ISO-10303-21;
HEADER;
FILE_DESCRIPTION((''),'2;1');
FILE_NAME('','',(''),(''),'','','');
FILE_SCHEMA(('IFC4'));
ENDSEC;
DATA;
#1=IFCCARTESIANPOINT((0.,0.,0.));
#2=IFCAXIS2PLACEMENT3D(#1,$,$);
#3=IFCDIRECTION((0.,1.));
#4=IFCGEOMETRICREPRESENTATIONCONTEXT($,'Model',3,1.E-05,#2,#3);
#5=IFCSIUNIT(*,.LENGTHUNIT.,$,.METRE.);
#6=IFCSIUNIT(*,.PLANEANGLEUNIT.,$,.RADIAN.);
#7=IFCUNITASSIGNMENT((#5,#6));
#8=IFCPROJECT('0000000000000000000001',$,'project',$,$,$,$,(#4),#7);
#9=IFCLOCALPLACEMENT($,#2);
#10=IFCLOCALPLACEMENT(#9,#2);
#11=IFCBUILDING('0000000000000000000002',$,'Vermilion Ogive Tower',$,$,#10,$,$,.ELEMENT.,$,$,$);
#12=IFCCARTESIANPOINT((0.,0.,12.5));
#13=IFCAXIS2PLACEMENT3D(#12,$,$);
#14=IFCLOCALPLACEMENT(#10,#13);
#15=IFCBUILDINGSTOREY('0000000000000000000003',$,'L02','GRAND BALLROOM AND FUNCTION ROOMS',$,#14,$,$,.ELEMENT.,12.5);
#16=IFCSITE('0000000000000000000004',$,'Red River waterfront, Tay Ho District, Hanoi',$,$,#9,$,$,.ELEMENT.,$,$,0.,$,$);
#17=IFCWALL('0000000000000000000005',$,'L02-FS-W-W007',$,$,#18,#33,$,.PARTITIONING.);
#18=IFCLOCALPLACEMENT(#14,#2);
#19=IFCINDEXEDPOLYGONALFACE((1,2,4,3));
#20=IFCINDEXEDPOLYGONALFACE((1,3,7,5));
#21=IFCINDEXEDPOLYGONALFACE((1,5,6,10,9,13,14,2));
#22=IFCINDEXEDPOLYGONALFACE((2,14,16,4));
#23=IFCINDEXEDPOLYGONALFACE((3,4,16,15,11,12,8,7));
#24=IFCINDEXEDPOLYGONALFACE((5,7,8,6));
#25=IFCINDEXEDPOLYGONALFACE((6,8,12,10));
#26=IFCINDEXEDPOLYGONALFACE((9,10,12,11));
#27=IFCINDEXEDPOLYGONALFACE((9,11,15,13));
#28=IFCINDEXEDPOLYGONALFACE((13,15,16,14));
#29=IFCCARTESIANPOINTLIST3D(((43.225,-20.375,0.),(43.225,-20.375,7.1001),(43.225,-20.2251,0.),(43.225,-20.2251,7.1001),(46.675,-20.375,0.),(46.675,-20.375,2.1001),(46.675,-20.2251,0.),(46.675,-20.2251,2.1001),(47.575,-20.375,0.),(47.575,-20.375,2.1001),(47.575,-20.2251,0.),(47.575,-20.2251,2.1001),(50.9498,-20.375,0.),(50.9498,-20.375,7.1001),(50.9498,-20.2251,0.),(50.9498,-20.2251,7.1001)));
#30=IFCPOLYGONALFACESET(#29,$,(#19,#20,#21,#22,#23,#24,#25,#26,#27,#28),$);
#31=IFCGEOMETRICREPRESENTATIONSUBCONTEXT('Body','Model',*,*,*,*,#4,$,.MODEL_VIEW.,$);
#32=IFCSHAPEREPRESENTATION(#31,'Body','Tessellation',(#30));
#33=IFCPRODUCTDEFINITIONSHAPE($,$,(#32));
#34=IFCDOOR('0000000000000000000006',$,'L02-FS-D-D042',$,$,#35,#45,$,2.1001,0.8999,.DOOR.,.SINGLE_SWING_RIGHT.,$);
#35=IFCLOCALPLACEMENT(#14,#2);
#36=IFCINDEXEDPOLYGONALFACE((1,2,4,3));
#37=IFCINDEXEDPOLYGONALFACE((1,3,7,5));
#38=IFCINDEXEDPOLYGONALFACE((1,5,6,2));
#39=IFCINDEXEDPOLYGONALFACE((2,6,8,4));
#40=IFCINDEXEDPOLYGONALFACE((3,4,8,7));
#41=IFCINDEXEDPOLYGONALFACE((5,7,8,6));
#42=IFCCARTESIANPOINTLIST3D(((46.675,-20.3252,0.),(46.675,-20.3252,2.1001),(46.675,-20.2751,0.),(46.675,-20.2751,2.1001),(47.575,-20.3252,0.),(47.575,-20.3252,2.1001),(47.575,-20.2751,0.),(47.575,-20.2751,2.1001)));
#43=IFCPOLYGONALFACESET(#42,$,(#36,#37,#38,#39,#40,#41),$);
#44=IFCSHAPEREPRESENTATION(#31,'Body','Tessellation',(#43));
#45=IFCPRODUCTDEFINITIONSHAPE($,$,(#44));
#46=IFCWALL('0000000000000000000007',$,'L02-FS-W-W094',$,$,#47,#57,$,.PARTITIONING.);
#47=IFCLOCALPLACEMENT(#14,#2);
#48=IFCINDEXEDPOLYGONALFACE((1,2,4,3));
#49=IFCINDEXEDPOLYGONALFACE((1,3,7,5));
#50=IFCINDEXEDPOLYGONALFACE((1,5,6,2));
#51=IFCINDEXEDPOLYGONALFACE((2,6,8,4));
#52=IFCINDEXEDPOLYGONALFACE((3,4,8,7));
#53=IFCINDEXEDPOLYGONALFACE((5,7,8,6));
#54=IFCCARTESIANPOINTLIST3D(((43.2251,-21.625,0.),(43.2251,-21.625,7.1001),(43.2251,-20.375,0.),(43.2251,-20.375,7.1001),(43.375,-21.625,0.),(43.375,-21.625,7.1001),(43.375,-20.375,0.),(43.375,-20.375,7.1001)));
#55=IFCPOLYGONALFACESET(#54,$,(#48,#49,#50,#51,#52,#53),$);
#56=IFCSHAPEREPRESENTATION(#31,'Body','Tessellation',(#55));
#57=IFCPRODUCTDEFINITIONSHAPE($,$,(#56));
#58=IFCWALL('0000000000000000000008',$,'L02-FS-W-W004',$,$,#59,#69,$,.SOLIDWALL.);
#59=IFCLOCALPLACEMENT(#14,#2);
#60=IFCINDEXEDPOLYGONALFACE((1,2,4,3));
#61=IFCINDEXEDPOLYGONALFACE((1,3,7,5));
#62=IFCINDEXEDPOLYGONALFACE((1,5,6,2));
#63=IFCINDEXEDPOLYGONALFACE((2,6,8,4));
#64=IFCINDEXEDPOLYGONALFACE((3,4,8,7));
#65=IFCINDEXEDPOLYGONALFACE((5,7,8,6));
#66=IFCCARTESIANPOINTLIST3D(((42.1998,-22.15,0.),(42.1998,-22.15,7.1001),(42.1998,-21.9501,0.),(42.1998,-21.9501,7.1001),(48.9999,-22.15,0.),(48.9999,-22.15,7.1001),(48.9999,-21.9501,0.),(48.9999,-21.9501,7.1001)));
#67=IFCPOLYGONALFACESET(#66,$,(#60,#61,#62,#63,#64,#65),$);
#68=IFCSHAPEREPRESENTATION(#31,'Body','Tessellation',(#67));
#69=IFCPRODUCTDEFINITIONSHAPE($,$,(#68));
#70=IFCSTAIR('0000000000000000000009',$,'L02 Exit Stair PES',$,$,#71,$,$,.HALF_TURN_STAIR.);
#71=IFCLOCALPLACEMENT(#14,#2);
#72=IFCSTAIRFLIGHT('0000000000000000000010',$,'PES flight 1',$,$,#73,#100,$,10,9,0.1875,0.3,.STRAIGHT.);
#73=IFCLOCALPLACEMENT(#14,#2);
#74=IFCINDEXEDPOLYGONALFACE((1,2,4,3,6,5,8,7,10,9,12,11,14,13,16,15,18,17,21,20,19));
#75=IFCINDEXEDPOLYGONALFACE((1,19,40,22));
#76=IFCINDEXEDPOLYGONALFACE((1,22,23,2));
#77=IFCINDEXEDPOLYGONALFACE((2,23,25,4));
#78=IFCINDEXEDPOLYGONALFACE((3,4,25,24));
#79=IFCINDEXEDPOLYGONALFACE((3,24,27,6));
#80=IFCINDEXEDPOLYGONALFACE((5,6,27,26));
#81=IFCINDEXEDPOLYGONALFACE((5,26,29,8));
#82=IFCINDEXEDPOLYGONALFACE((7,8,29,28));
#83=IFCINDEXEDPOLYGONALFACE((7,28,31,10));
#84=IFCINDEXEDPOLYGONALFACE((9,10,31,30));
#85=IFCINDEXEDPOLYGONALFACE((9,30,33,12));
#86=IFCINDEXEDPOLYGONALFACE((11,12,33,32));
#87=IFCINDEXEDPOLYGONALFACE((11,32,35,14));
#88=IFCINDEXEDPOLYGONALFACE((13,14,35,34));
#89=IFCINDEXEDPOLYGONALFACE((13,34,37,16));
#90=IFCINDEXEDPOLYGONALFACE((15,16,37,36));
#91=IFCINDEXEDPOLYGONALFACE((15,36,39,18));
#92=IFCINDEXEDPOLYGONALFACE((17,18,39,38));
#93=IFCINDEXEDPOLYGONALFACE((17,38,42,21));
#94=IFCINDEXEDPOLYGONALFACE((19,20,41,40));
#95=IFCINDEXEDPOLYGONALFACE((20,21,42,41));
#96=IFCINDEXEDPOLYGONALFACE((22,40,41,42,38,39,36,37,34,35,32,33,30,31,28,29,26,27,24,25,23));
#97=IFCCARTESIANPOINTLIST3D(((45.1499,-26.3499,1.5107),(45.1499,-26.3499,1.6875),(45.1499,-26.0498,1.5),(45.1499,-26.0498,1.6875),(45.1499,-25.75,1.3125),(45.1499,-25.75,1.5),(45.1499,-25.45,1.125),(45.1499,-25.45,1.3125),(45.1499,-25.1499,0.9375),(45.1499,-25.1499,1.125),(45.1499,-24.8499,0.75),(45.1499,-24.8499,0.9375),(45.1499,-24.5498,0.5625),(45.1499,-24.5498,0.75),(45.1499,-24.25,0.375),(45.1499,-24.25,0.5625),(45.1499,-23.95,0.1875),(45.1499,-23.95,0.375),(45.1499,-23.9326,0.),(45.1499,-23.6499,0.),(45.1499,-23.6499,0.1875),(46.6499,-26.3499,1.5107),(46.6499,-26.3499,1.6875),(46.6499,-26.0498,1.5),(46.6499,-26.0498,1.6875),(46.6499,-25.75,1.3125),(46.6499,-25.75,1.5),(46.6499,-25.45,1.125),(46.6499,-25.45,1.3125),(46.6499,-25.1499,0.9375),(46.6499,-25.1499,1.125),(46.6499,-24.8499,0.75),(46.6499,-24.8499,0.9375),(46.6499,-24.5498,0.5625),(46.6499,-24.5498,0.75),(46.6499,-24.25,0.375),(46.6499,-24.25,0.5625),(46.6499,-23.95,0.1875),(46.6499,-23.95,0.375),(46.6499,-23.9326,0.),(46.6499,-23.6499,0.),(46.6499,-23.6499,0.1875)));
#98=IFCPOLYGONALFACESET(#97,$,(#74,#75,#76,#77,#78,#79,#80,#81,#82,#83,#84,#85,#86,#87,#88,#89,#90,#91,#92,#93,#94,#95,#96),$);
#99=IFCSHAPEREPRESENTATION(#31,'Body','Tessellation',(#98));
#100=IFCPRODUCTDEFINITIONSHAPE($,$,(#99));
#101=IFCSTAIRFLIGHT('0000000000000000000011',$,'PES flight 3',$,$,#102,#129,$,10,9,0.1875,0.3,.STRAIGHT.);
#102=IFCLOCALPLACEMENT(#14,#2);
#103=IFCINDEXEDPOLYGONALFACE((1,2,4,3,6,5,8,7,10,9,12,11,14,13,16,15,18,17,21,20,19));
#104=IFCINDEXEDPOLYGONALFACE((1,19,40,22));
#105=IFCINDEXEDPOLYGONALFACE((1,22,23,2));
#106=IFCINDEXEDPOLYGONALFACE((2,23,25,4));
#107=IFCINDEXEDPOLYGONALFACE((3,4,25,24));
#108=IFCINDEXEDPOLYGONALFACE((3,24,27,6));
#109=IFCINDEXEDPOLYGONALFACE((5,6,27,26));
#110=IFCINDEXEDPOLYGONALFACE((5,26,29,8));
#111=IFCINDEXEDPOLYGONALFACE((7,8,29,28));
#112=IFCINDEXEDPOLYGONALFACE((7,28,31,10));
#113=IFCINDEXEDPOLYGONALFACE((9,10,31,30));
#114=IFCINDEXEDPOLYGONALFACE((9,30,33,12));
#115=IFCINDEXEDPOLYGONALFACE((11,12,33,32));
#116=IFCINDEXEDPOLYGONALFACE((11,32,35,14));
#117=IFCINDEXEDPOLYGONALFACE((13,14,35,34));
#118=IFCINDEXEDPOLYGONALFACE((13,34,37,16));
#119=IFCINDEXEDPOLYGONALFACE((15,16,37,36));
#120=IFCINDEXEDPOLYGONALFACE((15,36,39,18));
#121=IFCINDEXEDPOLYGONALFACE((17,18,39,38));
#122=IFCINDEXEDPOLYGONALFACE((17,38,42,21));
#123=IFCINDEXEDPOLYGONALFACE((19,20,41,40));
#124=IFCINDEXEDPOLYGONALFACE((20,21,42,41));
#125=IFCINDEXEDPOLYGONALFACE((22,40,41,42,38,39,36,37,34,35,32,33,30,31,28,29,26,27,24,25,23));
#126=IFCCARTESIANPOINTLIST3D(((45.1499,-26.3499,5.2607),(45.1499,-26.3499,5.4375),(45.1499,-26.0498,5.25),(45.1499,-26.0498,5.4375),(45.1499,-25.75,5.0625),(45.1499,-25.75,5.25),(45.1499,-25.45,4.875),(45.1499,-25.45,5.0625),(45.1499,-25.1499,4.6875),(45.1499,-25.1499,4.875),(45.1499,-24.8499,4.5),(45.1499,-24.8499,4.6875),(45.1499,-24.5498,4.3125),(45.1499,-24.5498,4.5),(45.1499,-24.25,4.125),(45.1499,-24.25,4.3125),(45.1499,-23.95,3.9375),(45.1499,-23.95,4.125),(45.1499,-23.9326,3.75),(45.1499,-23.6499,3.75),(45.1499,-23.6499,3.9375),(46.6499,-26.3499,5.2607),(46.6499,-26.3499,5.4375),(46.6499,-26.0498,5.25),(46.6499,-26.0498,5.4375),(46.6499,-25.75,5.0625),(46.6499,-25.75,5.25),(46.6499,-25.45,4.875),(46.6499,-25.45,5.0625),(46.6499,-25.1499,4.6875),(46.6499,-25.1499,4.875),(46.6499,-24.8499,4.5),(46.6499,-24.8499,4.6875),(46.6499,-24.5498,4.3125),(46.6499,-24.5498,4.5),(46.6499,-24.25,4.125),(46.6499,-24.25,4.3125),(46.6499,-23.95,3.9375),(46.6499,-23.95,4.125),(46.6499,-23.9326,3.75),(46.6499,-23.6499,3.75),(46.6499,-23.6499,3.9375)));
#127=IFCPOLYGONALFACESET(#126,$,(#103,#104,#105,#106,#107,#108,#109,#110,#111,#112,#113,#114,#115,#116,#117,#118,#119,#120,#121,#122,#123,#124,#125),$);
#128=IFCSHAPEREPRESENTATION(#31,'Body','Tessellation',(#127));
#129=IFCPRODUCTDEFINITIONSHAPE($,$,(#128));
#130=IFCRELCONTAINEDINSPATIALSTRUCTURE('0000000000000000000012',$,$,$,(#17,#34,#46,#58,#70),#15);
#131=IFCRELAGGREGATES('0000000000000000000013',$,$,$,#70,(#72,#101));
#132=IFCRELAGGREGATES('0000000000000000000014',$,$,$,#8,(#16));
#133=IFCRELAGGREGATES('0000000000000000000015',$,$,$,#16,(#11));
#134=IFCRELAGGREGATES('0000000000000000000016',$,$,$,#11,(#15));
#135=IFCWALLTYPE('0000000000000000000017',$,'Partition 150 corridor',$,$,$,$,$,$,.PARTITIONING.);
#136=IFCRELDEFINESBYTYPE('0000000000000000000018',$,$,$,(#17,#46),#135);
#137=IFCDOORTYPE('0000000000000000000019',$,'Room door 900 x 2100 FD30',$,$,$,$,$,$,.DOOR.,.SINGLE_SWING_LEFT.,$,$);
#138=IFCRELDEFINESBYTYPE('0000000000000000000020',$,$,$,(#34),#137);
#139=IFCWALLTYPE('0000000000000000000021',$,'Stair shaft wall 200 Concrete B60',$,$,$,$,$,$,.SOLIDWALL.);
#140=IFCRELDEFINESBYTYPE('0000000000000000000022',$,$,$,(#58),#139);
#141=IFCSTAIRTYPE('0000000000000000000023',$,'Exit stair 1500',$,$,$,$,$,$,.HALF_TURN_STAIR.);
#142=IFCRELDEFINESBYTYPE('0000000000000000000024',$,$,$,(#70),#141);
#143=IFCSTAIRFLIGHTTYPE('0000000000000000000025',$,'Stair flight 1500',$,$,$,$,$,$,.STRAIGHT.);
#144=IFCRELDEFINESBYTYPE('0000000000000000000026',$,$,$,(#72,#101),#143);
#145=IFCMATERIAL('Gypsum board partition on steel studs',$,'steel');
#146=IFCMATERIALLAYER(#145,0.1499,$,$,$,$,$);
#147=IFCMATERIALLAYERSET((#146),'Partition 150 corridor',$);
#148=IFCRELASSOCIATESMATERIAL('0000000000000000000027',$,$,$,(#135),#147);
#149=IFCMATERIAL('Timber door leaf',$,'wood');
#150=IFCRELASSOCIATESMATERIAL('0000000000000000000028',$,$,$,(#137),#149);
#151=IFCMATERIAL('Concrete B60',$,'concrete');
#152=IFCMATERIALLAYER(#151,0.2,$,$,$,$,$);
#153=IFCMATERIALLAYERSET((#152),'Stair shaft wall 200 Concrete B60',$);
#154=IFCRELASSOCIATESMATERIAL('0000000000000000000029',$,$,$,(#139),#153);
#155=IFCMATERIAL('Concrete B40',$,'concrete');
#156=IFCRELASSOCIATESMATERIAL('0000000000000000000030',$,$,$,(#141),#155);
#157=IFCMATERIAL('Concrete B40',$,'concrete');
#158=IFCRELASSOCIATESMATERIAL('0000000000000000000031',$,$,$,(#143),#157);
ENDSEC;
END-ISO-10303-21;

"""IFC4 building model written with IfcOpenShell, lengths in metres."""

from ifc_helpers import new_model, si_unit, direction, frame, frame_2d, origin, place, context, subcontext, project, spatial, polyline, rectangle, outline, extrude, material, layer, layer_set, type_object, element, fill, aggregate, save


model = new_model("IFC4")

# Units and contexts
model_context = context("Model", 3, precision=1e-05, world=origin(), true_north=direction((0.0, 1.0)))
body_context = subcontext(model_context, "Body", "Model", "MODEL_VIEW")
ifc_project = project(units=[si_unit("LENGTHUNIT", "METRE"), si_unit("PLANEANGLEUNIT", "RADIAN")], contexts=[model_context])

# Site, building, storey
site_placement = place(None, origin())
site = spatial("IfcSite", under=ifc_project, at=site_placement, Name="Red River waterfront, Tay Ho District, Hanoi", CompositionType="ELEMENT", RefElevation=0.0)
building_placement = place(site_placement, origin())
building = spatial("IfcBuilding", under=site, at=building_placement, Name="Vermilion Ogive Tower", CompositionType="ELEMENT")
storey_placement = place(building_placement, frame((0.0, 0.0, 12.5)))
storey = spatial("IfcBuildingStorey", under=building, at=storey_placement, Name="L02", Description="GRAND BALLROOM AND FUNCTION ROOMS", CompositionType="ELEMENT", Elevation=12.5)

# Wall, opening, door
ifc_material_1 = material(Name="Gypsum board partition on steel studs", Category="steel")
ifc_layer_1 = layer(ifc_material_1, 0.1499)
ifc_layer_set_1 = layer_set([ifc_layer_1], Name="Partition 150 corridor")
wall_type_1 = type_object("IfcWallType", Name="Partition 150 corridor", PredefinedType="PARTITIONING", material=ifc_layer_set_1)
wall_1_placement = place(storey_placement, frame((43.2251, -20.3, 0.0), z_axis=(0.0, 0.0, 1.0), x_axis=(1.0, 0.0, 0.0)))
wall_1 = element("IfcWall", 1, at=wall_1_placement, inside=storey, type_object=wall_type_1, Name="L02-FS-W-W007", PredefinedType="PARTITIONING", context=body_context, shape_type="SweptSolid", body=[
    extrude(rectangle(XDim=7.7249, YDim=0.1499, at=frame_2d((3.8623, 0.0))), origin(), (0.0, 0.0, 1.0), 7.1001),
])
opening_placement = place(wall_1_placement, frame((3.45, 0.0, 0.0)))
opening = element("IfcOpeningElement", 2, at=opening_placement, cuts=wall_1, PredefinedType="OPENING", context=body_context, shape_type="SweptSolid", body=[
    extrude(rectangle(XDim=0.8999, YDim=2.1001, at=frame_2d((0.45, 1.05))), frame((0.0, 0.085, 0.0), z_axis=(0.0, -1.0, 0.0), x_axis=(1.0, 0.0, 0.0)), (0.0, 0.0, 1.0), 0.1699),
])
ifc_material_2 = material(Name="Timber door leaf", Category="wood")
door_type = type_object("IfcDoorType", Name="Room door 900 x 2100 FD30", OperationType="SINGLE_SWING_LEFT", PredefinedType="DOOR", material=ifc_material_2)
door_placement = place(opening_placement, origin())
door = element("IfcDoor", 3, at=door_placement, inside=storey, type_object=door_type, Name="L02-FS-D-D042", OperationType="SINGLE_SWING_RIGHT", OverallHeight=2.1001, OverallWidth=0.8999, PredefinedType="DOOR", context=body_context, shape_type="SweptSolid", body=[
    extrude(rectangle(XDim=0.8999, YDim=2.1001, at=frame_2d((0.45, 1.05))), frame((0.0, 0.0249, 0.0), z_axis=(0.0, -1.0, 0.0), x_axis=(1.0, 0.0, 0.0)), (0.0, 0.0, 1.0), 0.05),
])
fill(opening, door)

# Walls
wall_2_placement = place(storey_placement, frame((43.3, -21.625, 0.0), z_axis=(0.0, 0.0, 1.0), x_axis=(0.0, 1.0, 0.0)))
element("IfcWall", 4, at=wall_2_placement, inside=storey, type_object=wall_type_1, Name="L02-FS-W-W094", PredefinedType="PARTITIONING", context=body_context, shape_type="SweptSolid", body=[
    extrude(rectangle(XDim=1.25, YDim=0.1499, at=frame_2d((0.625, 0.0))), origin(), (0.0, 0.0, 1.0), 7.1001),
])
ifc_material_3 = material(Name="Concrete B60", Category="concrete")
ifc_layer_2 = layer(ifc_material_3, 0.2)
ifc_layer_set_2 = layer_set([ifc_layer_2], Name="Stair shaft wall 200 Concrete B60")
wall_type_2 = type_object("IfcWallType", Name="Stair shaft wall 200 Concrete B60", PredefinedType="SOLIDWALL", material=ifc_layer_set_2)
wall_3_placement = place(storey_placement, frame((42.2, -22.05, 0.0), z_axis=(0.0, 0.0, 1.0), x_axis=(1.0, 0.0, 0.0)))
element("IfcWall", 5, at=wall_3_placement, inside=storey, type_object=wall_type_2, Name="L02-FS-W-W004", PredefinedType="SOLIDWALL", context=body_context, shape_type="SweptSolid", body=[
    extrude(rectangle(XDim=6.8, YDim=0.2, at=frame_2d((3.3999, 0.0))), origin(), (0.0, 0.0, 1.0), 7.1001),
])

# Stair, stair flights
ifc_material_4 = material(Name="Concrete B40", Category="concrete")
stair_type = type_object("IfcStairType", Name="Exit stair 1500", PredefinedType="HALF_TURN_STAIR", material=ifc_material_4)
stair_placement = place(storey_placement, origin())
stair = element("IfcStair", 6, at=stair_placement, inside=storey, type_object=stair_type, Name="L02 Exit Stair PES", PredefinedType="HALF_TURN_STAIR")
ifc_material_5 = material(Name="Concrete B40", Category="concrete")
stair_flight_type = type_object("IfcStairFlightType", Name="Stair flight 1500", PredefinedType="STRAIGHT", material=ifc_material_5)
stair_flight_1_placement = place(storey_placement, frame((45.8999, -23.6499, 0.0), z_axis=(0.0, 0.0, 1.0), x_axis=(0.0, -1.0, 0.0)))
stair_flight_1 = element("IfcStairFlight", 7, at=stair_flight_1_placement, type_object=stair_flight_type, Name="PES flight 1", NumberOfRisers=10, NumberOfTreads=9, PredefinedType="STRAIGHT", RiserHeight=0.1875, TreadLength=0.3, context=body_context, shape_type="SweptSolid", body=[
    extrude(outline(polyline([(0.0, 0.0), (0.0, 0.1875), (0.3, 0.1875), (0.3, 0.375), (0.6001, 0.375), (0.6001, 0.5625), (0.8999, 0.5625), (0.8999, 0.75), (1.2, 0.75), (1.2, 0.9375), (1.5, 0.9375), (1.5, 1.125), (1.8, 1.125), (1.8, 1.3125), (2.1001, 1.3125), (2.1001, 1.5), (2.3999, 1.5), (2.3999, 1.6875), (2.7, 1.6875), (2.7, 1.875), (2.7, 1.5107), (0.2827, 0.0), (0.0, 0.0)])), frame((0.0, 0.75, 0.0), z_axis=(0.0, -1.0, 0.0), x_axis=(1.0, 0.0, 0.0)), (0.0, 0.0, 1.0), 1.5),
])
stair_flight_2_placement = place(storey_placement, frame((45.8999, -23.6499, 3.75), z_axis=(0.0, 0.0, 1.0), x_axis=(0.0, -1.0, 0.0)))
stair_flight_2 = element("IfcStairFlight", 8, at=stair_flight_2_placement, type_object=stair_flight_type, Name="PES flight 3", NumberOfRisers=10, NumberOfTreads=9, PredefinedType="STRAIGHT", RiserHeight=0.1875, TreadLength=0.3, context=body_context, shape_type="SweptSolid", body=[
    extrude(outline(polyline([(0.0, 0.0), (0.0, 0.1875), (0.3, 0.1875), (0.3, 0.375), (0.6001, 0.375), (0.6001, 0.5625), (0.8999, 0.5625), (0.8999, 0.75), (1.2, 0.75), (1.2, 0.9375), (1.5, 0.9375), (1.5, 1.125), (1.8, 1.125), (1.8, 1.3125), (2.1001, 1.3125), (2.1001, 1.5), (2.3999, 1.5), (2.3999, 1.6875), (2.7, 1.6875), (2.7, 1.875), (2.7, 1.5107), (0.2827, 0.0), (0.0, 0.0)])), frame((0.0, 0.75, 0.0), z_axis=(0.0, -1.0, 0.0), x_axis=(1.0, 0.0, 0.0)), (0.0, 0.0, 1.0), 1.5),
])
aggregate(stair, [stair_flight_1, stair_flight_2])

save(model, "model.ifc")
